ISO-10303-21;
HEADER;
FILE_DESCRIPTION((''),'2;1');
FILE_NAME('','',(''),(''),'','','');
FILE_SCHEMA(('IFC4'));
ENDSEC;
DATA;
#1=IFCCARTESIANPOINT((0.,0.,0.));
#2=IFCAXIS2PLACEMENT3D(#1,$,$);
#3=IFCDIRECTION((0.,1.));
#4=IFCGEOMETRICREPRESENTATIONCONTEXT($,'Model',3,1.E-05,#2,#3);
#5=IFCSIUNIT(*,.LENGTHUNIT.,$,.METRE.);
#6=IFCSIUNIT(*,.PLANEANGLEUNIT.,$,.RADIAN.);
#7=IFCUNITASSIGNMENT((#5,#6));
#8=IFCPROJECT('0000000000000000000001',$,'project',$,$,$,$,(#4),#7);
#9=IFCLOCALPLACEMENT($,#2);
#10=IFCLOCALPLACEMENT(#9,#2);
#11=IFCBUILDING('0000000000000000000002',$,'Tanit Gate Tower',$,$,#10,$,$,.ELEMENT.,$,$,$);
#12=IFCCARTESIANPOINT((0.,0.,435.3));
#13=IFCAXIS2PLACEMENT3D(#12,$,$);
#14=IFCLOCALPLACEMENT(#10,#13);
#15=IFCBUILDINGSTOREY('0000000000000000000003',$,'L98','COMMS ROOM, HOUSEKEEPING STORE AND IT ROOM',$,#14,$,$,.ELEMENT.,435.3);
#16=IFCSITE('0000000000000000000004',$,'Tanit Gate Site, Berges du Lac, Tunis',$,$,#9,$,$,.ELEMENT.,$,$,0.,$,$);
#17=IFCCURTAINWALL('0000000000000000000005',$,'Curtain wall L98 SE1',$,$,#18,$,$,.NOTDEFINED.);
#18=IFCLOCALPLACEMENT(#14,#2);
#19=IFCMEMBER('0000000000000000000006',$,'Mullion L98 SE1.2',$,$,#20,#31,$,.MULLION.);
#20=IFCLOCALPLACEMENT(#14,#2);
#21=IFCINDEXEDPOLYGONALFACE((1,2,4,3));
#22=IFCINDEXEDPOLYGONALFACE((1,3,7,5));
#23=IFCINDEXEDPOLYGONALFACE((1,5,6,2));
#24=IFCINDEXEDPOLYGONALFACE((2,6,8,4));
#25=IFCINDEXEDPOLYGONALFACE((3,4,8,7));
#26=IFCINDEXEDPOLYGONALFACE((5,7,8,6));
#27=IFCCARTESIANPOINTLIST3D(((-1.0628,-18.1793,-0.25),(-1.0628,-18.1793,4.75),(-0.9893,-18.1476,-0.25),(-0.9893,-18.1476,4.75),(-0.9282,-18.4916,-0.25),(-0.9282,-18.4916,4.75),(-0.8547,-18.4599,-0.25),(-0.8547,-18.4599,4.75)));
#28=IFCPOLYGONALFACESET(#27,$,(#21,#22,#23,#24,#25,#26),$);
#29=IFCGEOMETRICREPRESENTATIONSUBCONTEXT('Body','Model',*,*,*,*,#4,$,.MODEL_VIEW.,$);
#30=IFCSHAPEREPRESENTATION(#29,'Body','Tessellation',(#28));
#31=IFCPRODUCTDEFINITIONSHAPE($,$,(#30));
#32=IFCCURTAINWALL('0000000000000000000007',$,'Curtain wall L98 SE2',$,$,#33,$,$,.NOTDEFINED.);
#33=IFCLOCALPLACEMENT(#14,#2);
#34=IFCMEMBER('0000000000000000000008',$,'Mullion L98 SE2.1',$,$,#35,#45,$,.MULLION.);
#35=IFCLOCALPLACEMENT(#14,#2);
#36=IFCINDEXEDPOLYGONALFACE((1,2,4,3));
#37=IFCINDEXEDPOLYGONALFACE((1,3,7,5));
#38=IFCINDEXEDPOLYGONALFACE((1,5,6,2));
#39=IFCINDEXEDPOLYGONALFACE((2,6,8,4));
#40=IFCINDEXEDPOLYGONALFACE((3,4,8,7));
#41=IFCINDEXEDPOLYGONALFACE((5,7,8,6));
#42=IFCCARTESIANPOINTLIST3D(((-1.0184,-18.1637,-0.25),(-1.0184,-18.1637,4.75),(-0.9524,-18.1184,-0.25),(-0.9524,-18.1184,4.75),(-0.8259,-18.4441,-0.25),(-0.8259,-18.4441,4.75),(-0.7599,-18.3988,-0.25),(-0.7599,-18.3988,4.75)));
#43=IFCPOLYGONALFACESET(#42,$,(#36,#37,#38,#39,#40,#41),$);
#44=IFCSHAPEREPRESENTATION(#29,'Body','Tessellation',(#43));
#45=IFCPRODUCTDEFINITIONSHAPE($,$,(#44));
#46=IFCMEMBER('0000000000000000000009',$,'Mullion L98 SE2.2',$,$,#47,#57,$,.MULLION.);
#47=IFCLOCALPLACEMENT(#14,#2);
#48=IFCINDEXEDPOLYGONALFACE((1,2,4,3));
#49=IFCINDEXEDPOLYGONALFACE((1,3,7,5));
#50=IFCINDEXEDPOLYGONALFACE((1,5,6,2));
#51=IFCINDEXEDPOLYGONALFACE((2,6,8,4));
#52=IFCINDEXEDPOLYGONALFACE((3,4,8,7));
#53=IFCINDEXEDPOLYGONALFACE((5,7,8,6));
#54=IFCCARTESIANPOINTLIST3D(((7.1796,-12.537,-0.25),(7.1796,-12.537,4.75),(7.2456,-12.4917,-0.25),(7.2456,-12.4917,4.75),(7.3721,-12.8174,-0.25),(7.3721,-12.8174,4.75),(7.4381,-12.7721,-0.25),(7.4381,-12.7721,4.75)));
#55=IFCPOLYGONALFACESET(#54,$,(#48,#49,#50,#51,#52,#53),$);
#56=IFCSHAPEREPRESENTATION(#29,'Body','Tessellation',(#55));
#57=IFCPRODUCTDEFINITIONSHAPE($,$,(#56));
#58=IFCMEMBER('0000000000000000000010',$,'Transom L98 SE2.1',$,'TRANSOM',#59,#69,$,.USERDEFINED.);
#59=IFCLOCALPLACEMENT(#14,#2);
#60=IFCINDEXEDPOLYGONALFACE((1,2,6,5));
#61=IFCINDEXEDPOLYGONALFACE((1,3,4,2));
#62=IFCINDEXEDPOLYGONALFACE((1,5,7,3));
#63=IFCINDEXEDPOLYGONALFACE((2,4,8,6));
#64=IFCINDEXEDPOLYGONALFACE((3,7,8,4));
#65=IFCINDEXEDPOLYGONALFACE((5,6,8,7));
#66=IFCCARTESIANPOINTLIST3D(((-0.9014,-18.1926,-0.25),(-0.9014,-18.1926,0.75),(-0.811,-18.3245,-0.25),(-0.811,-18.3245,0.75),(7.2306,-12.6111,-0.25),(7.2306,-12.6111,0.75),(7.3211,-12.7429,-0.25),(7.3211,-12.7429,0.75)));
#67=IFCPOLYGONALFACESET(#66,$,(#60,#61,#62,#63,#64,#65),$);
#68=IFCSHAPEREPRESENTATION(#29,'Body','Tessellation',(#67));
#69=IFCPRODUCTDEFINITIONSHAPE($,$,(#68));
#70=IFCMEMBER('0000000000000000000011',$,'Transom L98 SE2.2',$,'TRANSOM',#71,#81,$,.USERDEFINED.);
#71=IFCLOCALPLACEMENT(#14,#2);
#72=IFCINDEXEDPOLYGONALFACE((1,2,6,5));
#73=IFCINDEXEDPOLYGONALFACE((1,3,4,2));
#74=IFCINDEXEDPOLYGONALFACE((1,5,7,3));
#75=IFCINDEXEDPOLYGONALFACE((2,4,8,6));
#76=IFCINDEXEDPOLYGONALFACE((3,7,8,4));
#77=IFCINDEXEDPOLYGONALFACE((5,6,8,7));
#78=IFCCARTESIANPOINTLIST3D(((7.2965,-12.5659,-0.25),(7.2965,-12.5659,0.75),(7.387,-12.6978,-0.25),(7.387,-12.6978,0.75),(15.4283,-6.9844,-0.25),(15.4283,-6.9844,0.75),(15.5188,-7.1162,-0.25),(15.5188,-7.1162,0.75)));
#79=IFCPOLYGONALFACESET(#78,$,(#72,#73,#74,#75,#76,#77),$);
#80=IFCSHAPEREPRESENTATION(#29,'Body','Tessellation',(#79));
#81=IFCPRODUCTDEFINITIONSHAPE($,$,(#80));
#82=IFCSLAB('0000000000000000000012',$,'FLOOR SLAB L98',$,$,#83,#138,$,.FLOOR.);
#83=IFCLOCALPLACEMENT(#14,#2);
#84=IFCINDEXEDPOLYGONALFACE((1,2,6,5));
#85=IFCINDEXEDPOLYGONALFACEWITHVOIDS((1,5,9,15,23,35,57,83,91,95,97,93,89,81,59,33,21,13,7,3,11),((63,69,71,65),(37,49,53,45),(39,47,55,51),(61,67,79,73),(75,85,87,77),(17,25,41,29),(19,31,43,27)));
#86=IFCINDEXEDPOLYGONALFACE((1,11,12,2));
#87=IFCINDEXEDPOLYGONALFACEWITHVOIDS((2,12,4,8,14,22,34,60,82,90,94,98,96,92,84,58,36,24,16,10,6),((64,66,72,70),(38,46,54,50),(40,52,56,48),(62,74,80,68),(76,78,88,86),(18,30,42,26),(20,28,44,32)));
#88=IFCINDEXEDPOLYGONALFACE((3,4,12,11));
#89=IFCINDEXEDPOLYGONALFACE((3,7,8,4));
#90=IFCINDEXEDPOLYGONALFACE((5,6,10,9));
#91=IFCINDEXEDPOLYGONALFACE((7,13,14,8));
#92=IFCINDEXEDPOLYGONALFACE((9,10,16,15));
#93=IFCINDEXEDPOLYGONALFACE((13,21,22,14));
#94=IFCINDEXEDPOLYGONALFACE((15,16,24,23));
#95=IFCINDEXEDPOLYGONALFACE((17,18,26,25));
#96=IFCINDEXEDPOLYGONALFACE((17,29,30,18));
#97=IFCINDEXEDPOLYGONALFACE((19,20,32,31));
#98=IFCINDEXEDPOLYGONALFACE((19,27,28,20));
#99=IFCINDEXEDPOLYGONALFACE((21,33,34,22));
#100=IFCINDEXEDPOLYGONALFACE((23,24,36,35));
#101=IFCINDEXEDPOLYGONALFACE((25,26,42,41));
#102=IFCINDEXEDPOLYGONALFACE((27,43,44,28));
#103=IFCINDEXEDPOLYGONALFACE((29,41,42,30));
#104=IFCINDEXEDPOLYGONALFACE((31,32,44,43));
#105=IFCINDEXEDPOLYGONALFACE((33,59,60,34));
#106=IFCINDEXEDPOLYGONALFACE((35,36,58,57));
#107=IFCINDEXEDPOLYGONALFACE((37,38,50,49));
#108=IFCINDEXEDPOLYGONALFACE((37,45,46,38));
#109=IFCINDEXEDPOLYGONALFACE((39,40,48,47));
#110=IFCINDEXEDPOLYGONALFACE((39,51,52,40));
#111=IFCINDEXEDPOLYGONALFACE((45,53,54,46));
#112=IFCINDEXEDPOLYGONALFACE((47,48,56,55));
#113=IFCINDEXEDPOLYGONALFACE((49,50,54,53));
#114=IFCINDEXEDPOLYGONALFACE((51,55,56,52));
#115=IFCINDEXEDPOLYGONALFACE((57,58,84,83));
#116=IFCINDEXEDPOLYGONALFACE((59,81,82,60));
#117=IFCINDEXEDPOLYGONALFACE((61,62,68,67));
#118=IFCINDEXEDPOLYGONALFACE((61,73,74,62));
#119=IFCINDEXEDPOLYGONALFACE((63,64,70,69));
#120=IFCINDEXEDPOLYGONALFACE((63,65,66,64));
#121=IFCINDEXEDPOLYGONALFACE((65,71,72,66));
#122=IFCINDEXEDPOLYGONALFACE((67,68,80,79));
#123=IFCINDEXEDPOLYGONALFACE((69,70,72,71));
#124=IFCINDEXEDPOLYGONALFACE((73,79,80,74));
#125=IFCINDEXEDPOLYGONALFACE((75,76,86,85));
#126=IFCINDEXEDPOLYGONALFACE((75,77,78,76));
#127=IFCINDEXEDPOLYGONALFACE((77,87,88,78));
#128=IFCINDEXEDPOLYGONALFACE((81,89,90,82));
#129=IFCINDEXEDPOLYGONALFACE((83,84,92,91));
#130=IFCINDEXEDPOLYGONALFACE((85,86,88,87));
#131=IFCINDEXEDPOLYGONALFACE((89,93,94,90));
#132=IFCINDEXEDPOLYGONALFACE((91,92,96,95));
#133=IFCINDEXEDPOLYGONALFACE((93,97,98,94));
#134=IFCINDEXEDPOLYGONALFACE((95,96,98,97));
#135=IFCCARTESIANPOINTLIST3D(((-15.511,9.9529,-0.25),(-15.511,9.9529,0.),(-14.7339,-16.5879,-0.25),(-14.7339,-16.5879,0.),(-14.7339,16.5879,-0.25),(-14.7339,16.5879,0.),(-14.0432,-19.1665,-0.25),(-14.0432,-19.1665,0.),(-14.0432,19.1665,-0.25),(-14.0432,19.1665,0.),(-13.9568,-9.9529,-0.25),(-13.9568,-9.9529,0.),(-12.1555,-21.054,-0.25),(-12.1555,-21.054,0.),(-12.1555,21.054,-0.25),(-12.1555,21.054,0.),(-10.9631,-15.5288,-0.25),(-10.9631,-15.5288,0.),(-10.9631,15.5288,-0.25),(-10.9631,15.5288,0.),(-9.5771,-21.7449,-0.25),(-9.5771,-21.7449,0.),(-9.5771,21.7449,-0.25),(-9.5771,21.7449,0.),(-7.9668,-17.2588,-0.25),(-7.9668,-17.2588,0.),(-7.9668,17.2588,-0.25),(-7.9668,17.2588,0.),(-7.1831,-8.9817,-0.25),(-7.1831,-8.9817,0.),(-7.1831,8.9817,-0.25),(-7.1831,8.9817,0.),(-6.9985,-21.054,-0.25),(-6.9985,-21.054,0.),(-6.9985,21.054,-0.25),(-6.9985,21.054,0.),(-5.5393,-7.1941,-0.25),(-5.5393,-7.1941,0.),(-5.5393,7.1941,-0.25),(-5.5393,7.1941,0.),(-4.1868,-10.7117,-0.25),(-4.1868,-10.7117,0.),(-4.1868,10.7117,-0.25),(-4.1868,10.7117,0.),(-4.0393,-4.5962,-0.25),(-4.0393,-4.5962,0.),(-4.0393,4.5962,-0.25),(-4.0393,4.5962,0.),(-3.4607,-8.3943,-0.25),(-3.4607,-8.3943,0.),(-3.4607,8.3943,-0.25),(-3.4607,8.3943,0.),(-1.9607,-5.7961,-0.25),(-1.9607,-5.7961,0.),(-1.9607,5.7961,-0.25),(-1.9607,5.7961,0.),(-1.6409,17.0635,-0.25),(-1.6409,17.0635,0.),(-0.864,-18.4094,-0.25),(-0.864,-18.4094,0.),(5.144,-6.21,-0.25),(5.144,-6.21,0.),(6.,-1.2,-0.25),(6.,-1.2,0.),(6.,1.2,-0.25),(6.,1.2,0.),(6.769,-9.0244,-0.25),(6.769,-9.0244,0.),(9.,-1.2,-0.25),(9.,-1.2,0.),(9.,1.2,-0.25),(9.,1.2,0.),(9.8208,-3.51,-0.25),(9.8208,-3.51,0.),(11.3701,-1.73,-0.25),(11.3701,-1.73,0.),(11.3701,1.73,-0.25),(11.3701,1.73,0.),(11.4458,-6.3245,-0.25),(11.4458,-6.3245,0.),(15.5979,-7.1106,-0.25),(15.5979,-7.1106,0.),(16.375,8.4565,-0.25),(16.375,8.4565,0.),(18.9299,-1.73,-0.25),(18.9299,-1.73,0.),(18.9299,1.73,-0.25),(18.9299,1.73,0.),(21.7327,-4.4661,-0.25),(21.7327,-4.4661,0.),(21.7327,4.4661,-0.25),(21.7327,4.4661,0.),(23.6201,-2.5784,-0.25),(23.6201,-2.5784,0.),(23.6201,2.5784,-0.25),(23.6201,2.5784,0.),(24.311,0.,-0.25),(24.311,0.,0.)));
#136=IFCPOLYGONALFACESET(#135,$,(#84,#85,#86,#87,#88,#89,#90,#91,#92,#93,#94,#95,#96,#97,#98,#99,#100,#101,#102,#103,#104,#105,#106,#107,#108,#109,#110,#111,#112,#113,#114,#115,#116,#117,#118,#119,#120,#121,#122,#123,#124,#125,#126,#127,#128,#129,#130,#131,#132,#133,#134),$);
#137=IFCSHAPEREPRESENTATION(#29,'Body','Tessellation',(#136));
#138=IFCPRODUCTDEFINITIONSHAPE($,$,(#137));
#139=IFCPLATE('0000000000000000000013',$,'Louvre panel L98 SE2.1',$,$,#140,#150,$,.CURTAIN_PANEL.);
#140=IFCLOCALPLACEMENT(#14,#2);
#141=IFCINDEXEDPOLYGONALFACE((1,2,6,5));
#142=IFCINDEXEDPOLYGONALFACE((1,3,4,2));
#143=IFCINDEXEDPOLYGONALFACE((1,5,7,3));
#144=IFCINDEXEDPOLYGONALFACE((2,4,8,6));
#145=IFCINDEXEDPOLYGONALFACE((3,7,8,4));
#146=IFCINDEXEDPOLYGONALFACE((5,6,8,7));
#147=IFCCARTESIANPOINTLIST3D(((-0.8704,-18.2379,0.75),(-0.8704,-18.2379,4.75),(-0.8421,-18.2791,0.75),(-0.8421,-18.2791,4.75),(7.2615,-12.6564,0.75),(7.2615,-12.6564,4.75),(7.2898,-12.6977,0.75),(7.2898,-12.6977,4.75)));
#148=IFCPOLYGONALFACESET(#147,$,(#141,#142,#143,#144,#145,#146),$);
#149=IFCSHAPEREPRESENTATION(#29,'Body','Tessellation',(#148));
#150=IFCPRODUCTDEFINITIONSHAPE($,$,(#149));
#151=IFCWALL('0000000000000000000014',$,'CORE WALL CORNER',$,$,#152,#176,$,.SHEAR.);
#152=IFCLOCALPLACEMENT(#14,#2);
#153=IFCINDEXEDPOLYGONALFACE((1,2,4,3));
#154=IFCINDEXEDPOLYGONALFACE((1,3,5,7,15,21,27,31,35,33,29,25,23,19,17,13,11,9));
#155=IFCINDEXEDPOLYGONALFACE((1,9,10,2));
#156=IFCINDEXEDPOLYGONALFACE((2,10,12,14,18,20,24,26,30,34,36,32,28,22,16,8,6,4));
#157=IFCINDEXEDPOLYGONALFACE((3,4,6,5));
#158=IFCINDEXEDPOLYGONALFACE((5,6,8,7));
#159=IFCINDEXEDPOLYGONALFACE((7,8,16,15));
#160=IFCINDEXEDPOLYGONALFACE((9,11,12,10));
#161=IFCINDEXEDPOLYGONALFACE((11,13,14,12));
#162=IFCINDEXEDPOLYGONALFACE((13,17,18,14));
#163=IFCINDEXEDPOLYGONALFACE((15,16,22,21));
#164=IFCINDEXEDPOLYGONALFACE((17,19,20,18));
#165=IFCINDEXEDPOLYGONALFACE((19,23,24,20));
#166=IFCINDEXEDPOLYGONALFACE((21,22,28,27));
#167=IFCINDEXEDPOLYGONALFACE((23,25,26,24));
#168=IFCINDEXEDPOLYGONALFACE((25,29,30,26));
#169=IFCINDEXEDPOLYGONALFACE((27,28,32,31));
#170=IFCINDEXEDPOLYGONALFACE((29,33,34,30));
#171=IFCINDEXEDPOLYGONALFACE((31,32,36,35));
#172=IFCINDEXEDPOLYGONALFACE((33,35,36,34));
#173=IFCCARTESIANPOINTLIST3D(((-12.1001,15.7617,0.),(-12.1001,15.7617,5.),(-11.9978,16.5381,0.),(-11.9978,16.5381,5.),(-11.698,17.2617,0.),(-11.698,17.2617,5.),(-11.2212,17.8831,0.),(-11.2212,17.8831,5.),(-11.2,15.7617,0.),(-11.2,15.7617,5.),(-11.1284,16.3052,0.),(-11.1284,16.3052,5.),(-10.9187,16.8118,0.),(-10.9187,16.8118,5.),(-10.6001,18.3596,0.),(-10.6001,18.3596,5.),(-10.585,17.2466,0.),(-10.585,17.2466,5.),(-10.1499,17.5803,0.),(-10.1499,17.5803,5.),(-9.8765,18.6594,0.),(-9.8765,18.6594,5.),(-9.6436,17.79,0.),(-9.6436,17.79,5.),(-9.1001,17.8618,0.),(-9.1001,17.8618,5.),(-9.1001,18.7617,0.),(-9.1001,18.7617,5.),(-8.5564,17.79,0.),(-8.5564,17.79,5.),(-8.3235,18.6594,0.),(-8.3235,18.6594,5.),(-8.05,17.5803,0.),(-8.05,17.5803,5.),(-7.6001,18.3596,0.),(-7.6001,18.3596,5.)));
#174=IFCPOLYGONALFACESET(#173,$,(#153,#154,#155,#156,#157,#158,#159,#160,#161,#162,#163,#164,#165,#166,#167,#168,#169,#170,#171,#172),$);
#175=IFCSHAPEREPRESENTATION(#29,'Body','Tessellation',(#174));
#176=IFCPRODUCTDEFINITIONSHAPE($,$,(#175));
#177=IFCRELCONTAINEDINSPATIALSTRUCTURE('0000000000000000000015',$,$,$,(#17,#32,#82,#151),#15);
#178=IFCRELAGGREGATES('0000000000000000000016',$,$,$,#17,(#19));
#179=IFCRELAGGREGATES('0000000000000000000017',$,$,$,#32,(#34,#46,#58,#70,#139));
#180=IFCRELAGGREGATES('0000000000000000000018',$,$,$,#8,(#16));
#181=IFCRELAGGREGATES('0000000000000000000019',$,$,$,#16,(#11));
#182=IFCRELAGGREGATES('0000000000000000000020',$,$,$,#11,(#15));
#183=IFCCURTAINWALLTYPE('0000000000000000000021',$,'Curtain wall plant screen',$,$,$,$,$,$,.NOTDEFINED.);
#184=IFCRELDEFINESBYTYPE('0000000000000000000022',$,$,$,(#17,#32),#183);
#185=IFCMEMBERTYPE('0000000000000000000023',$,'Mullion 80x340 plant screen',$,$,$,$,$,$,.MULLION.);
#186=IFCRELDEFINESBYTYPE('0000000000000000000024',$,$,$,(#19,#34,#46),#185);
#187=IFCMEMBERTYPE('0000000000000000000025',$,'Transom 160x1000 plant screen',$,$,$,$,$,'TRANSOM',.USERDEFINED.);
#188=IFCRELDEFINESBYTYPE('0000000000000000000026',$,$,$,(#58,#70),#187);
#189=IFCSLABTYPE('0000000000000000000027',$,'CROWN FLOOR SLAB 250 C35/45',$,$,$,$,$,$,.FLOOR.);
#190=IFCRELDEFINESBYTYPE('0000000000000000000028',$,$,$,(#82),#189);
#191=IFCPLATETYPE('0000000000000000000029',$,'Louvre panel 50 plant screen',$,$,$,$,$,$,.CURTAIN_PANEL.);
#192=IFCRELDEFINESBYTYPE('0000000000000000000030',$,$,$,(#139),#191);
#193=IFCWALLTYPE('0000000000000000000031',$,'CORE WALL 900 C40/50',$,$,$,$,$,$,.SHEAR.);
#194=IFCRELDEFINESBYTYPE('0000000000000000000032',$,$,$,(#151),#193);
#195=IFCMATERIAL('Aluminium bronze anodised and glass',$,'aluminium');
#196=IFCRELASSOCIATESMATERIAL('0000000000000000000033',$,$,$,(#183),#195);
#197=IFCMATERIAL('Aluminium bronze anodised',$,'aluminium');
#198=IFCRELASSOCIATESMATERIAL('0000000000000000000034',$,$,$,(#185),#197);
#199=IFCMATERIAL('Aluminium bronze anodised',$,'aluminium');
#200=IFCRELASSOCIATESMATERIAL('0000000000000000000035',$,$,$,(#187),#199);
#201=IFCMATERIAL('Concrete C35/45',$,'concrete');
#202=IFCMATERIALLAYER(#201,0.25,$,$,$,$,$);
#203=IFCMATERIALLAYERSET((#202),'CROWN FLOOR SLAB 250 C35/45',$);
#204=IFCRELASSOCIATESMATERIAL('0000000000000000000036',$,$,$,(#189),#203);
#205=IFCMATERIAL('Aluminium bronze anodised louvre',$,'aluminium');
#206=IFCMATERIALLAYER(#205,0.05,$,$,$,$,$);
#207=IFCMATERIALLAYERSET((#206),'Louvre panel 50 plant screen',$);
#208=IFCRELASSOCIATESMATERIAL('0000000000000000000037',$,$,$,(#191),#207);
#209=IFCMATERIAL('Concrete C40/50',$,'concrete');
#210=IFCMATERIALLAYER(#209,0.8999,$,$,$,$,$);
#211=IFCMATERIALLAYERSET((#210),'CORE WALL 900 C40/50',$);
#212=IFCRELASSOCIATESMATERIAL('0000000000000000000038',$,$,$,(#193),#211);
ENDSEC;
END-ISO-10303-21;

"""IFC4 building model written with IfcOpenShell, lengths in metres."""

from ifc_helpers import new_model, si_unit, direction, frame, origin, origin_2d, place, context, subcontext, project, spatial, polyline, rectangle, outline, extrude, material, layer, layer_set, material_profile, profile_set, type_object, element, aggregate, save


model = new_model("IFC4")

# Units and contexts
model_context = context("Model", 3, precision=1e-05, world=origin(), true_north=direction((0.0, 1.0)))
body_context = subcontext(model_context, "Body", "Model", "MODEL_VIEW")
ifc_project = project(units=[si_unit("LENGTHUNIT", "METRE"), si_unit("PLANEANGLEUNIT", "RADIAN")], contexts=[model_context])

# Site, building, storey
site_placement = place(None, origin())
site = spatial("IfcSite", under=ifc_project, at=site_placement, Name="Tanit Gate Site, Berges du Lac, Tunis", CompositionType="ELEMENT", RefElevation=0.0)
building_placement = place(site_placement, origin())
building = spatial("IfcBuilding", under=site, at=building_placement, Name="Tanit Gate Tower", CompositionType="ELEMENT")
storey_placement = place(building_placement, frame((0.0, 0.0, 435.3)))
storey = spatial("IfcBuildingStorey", under=building, at=storey_placement, Name="L98", Description="COMMS ROOM, HOUSEKEEPING STORE AND IT ROOM", CompositionType="ELEMENT", Elevation=435.3)

# Curtain wall, member
ifc_material_1 = material(Name="Aluminium bronze anodised and glass", Category="aluminium")
curtain_wall_type = type_object("IfcCurtainWallType", Name="Curtain wall plant screen", PredefinedType="NOTDEFINED", material=ifc_material_1)
curtain_wall_1_placement = place(storey_placement, origin())
curtain_wall_1 = element("IfcCurtainWall", 1, at=curtain_wall_1_placement, inside=storey, type_object=curtain_wall_type, Name="Curtain wall L98 SE1", PredefinedType="NOTDEFINED")
ifc_material_2 = material(Name="Aluminium bronze anodised", Category="aluminium")
ifc_material_profile_1 = material_profile(ifc_material_2, rectangle(XDim=0.3401, YDim=0.0801, at=origin_2d()), Name="80x340 bronze mullion")
ifc_profile_set_1 = profile_set([ifc_material_profile_1], Name="Aluminium bronze anodised")
member_type_1 = type_object("IfcMemberType", Name="Mullion 80x340 plant screen", PredefinedType="MULLION", material=ifc_profile_set_1)
member_1_placement = place(storey_placement, frame((-0.9587, -18.3196, -0.25), z_axis=(0.0, 0.0, 1.0), x_axis=(-0.395871, 0.918306, 0.0)))
member_1 = element("IfcMember", 2, at=member_1_placement, type_object=member_type_1, Name="Mullion L98 SE1.2", PredefinedType="MULLION", context=body_context, shape_type="SweptSolid", body=[
    extrude(rectangle(XDim=0.3401, YDim=0.0801, at=origin_2d()), origin(), (0.0, 0.0, 1.0), 5.0),
])
aggregate(curtain_wall_1, [member_1])

# Curtain wall, members
curtain_wall_2_placement = place(storey_placement, origin())
curtain_wall_2 = element("IfcCurtainWall", 3, at=curtain_wall_2_placement, inside=storey, type_object=curtain_wall_type, Name="Curtain wall L98 SE2", PredefinedType="NOTDEFINED")
member_2_placement = place(storey_placement, frame((-0.8892, -18.2812, -0.25), z_axis=(0.0, 0.0, 1.0), x_axis=(-0.565893, 0.824479, 0.0)))
member_2 = element("IfcMember", 4, at=member_2_placement, type_object=member_type_1, Name="Mullion L98 SE2.1", PredefinedType="MULLION", context=body_context, shape_type="SweptSolid", body=[
    extrude(rectangle(XDim=0.3401, YDim=0.0801, at=origin_2d()), origin(), (0.0, 0.0, 1.0), 5.0),
])
member_3_placement = place(storey_placement, frame((7.3088, -12.6545, -0.25), z_axis=(0.0, 0.0, 1.0), x_axis=(-0.565893, 0.824479, 0.0)))
member_3 = element("IfcMember", 5, at=member_3_placement, type_object=member_type_1, Name="Mullion L98 SE2.2", PredefinedType="MULLION", context=body_context, shape_type="SweptSolid", body=[
    extrude(rectangle(XDim=0.3401, YDim=0.0801, at=origin_2d()), origin(), (0.0, 0.0, 1.0), 5.0),
])
ifc_material_3 = material(Name="Aluminium bronze anodised", Category="aluminium")
ifc_material_profile_2 = material_profile(ifc_material_3, rectangle(XDim=0.1599, YDim=1.0, at=origin_2d()), Name="160x1000 bronze transom")
ifc_profile_set_2 = profile_set([ifc_material_profile_2], Name="Aluminium bronze anodised")
member_type_2 = type_object("IfcMemberType", Name="Transom 160x1000 plant screen", ElementType="TRANSOM", PredefinedType="USERDEFINED", material=ifc_profile_set_2)
member_4_placement = place(storey_placement, frame((-0.8562, -18.2585, 0.25), z_axis=(0.82448, 0.565891, 0.0), x_axis=(-0.565891, 0.82448, 0.0)))
member_4 = element("IfcMember", 6, at=member_4_placement, type_object=member_type_2, Name="Transom L98 SE2.1", ObjectType="TRANSOM", PredefinedType="USERDEFINED", context=body_context, shape_type="SweptSolid", body=[
    extrude(rectangle(XDim=0.1599, YDim=1.0, at=origin_2d()), origin(), (0.0, 0.0, 1.0), 9.8633),
])
member_5_placement = place(storey_placement, frame((7.3418, -12.6318, 0.25), z_axis=(0.824472, 0.565903, 0.0), x_axis=(-0.565903, 0.824472, 0.0)))
member_5 = element("IfcMember", 7, at=member_5_placement, type_object=member_type_2, Name="Transom L98 SE2.2", ObjectType="TRANSOM", PredefinedType="USERDEFINED", context=body_context, shape_type="SweptSolid", body=[
    extrude(rectangle(XDim=0.1599, YDim=1.0, at=origin_2d()), origin(), (0.0, 0.0, 1.0), 9.863),
])

# Slab
ifc_material_4 = material(Name="Concrete C35/45", Category="concrete")
ifc_layer_1 = layer(ifc_material_4, 0.25)
ifc_layer_set_1 = layer_set([ifc_layer_1], Name="CROWN FLOOR SLAB 250 C35/45")
slab_type = type_object("IfcSlabType", Name="CROWN FLOOR SLAB 250 C35/45", PredefinedType="FLOOR", material=ifc_layer_set_1)
slab_placement = place(storey_placement, frame((0.0, 0.0, -0.25)))
element("IfcSlab", 8, at=slab_placement, inside=storey, type_object=slab_type, Name="FLOOR SLAB L98", PredefinedType="FLOOR", context=body_context, shape_type="SweptSolid", body=[
    extrude(outline(polyline([(21.7327, 4.4661), (23.6201, 2.5784), (24.311, 0.0), (23.6201, -2.5784), (21.7327, -4.4661), (15.5979, -7.1106), (-0.864, -18.4094), (-6.9985, -21.054), (-9.5771, -21.7449), (-12.1555, -21.054), (-14.0432, -19.1665), (-14.7339, -16.5879), (-13.9568, -9.9529), (-15.511, 9.9529), (-14.7339, 16.5879), (-14.0432, 19.1665), (-12.1555, 21.054), (-9.5771, 21.7449), (-6.9985, 21.054), (-1.6409, 17.0635), (16.375, 8.4565), (21.7327, 4.4661)]), holes=[polyline([(11.3701, -1.73), (11.3701, 1.73), (18.9299, 1.73), (18.9299, -1.73), (11.3701, -1.73)]), polyline([(9.8208, -3.51), (11.4458, -6.3245), (6.769, -9.0244), (5.144, -6.21), (9.8208, -3.51)]), polyline([(6.0, -1.2), (6.0, 1.2), (9.0, 1.2), (9.0, -1.2), (6.0, -1.2)]), polyline([(-1.9607, 5.7961), (-4.0393, 4.5962), (-5.5393, 7.1941), (-3.4607, 8.3943), (-1.9607, 5.7961)]), polyline([(-4.0393, -4.5962), (-1.9607, -5.7961), (-3.4607, -8.3943), (-5.5393, -7.1941), (-4.0393, -4.5962)]), polyline([(-4.1868, 10.7117), (-7.1831, 8.9817), (-10.9631, 15.5288), (-7.9668, 17.2588), (-4.1868, 10.7117)]), polyline([(-7.1831, -8.9817), (-4.1868, -10.7117), (-7.9668, -17.2588), (-10.9631, -15.5288), (-7.1831, -8.9817)])]), origin(), (0.0, 0.0, 1.0), 0.25),
])

# Plate
ifc_material_5 = material(Name="Aluminium bronze anodised louvre", Category="aluminium")
ifc_layer_2 = layer(ifc_material_5, 0.05)
ifc_layer_set_2 = layer_set([ifc_layer_2], Name="Louvre panel 50 plant screen")
plate_type = type_object("IfcPlateType", Name="Louvre panel 50 plant screen", PredefinedType="CURTAIN_PANEL", material=ifc_layer_set_2)
plate_placement = place(storey_placement, frame((3.2097, -15.4678, 0.75), z_axis=(0.0, 0.0, 1.0), x_axis=(0.824479, 0.565893, 0.0)))
plate = element("IfcPlate", 9, at=plate_placement, type_object=plate_type, Name="Louvre panel L98 SE2.1", PredefinedType="CURTAIN_PANEL", context=body_context, shape_type="SweptSolid", body=[
    extrude(rectangle(XDim=9.863, YDim=0.05, at=origin_2d()), origin(), (0.0, 0.0, 1.0), 4.0),
])
aggregate(curtain_wall_2, [member_2, member_3, member_4, member_5, plate])

# Wall
ifc_material_6 = material(Name="Concrete C40/50", Category="concrete")
ifc_layer_3 = layer(ifc_material_6, 0.8999)
ifc_layer_set_3 = layer_set([ifc_layer_3], Name="CORE WALL 900 C40/50")
wall_type_1 = type_object("IfcWallType", Name="CORE WALL 900 C40/50", PredefinedType="SHEAR", material=ifc_layer_set_3)
wall_1_placement = place(storey_placement, origin())
element("IfcWall", 10, at=wall_1_placement, inside=storey, type_object=wall_type_1, Name="CORE WALL CORNER", PredefinedType="SHEAR", context=body_context, shape_type="SweptSolid", body=[
    extrude(outline(polyline([(-7.6001, 18.3596), (-8.3235, 18.6594), (-9.1001, 18.7617), (-9.8765, 18.6594), (-10.6001, 18.3596), (-11.2212, 17.8831), (-11.698, 17.2617), (-11.9978, 16.5381), (-12.1001, 15.7617), (-11.2, 15.7617), (-11.1284, 16.3052), (-10.9187, 16.8118), (-10.585, 17.2466), (-10.1499, 17.5803), (-9.6436, 17.79), (-9.1001, 17.8618), (-8.5564, 17.79), (-8.05, 17.5803), (-7.6001, 18.3596)])), origin(), (0.0, 0.0, 1.0), 5.0),
])

save(model, "model.ifc")
